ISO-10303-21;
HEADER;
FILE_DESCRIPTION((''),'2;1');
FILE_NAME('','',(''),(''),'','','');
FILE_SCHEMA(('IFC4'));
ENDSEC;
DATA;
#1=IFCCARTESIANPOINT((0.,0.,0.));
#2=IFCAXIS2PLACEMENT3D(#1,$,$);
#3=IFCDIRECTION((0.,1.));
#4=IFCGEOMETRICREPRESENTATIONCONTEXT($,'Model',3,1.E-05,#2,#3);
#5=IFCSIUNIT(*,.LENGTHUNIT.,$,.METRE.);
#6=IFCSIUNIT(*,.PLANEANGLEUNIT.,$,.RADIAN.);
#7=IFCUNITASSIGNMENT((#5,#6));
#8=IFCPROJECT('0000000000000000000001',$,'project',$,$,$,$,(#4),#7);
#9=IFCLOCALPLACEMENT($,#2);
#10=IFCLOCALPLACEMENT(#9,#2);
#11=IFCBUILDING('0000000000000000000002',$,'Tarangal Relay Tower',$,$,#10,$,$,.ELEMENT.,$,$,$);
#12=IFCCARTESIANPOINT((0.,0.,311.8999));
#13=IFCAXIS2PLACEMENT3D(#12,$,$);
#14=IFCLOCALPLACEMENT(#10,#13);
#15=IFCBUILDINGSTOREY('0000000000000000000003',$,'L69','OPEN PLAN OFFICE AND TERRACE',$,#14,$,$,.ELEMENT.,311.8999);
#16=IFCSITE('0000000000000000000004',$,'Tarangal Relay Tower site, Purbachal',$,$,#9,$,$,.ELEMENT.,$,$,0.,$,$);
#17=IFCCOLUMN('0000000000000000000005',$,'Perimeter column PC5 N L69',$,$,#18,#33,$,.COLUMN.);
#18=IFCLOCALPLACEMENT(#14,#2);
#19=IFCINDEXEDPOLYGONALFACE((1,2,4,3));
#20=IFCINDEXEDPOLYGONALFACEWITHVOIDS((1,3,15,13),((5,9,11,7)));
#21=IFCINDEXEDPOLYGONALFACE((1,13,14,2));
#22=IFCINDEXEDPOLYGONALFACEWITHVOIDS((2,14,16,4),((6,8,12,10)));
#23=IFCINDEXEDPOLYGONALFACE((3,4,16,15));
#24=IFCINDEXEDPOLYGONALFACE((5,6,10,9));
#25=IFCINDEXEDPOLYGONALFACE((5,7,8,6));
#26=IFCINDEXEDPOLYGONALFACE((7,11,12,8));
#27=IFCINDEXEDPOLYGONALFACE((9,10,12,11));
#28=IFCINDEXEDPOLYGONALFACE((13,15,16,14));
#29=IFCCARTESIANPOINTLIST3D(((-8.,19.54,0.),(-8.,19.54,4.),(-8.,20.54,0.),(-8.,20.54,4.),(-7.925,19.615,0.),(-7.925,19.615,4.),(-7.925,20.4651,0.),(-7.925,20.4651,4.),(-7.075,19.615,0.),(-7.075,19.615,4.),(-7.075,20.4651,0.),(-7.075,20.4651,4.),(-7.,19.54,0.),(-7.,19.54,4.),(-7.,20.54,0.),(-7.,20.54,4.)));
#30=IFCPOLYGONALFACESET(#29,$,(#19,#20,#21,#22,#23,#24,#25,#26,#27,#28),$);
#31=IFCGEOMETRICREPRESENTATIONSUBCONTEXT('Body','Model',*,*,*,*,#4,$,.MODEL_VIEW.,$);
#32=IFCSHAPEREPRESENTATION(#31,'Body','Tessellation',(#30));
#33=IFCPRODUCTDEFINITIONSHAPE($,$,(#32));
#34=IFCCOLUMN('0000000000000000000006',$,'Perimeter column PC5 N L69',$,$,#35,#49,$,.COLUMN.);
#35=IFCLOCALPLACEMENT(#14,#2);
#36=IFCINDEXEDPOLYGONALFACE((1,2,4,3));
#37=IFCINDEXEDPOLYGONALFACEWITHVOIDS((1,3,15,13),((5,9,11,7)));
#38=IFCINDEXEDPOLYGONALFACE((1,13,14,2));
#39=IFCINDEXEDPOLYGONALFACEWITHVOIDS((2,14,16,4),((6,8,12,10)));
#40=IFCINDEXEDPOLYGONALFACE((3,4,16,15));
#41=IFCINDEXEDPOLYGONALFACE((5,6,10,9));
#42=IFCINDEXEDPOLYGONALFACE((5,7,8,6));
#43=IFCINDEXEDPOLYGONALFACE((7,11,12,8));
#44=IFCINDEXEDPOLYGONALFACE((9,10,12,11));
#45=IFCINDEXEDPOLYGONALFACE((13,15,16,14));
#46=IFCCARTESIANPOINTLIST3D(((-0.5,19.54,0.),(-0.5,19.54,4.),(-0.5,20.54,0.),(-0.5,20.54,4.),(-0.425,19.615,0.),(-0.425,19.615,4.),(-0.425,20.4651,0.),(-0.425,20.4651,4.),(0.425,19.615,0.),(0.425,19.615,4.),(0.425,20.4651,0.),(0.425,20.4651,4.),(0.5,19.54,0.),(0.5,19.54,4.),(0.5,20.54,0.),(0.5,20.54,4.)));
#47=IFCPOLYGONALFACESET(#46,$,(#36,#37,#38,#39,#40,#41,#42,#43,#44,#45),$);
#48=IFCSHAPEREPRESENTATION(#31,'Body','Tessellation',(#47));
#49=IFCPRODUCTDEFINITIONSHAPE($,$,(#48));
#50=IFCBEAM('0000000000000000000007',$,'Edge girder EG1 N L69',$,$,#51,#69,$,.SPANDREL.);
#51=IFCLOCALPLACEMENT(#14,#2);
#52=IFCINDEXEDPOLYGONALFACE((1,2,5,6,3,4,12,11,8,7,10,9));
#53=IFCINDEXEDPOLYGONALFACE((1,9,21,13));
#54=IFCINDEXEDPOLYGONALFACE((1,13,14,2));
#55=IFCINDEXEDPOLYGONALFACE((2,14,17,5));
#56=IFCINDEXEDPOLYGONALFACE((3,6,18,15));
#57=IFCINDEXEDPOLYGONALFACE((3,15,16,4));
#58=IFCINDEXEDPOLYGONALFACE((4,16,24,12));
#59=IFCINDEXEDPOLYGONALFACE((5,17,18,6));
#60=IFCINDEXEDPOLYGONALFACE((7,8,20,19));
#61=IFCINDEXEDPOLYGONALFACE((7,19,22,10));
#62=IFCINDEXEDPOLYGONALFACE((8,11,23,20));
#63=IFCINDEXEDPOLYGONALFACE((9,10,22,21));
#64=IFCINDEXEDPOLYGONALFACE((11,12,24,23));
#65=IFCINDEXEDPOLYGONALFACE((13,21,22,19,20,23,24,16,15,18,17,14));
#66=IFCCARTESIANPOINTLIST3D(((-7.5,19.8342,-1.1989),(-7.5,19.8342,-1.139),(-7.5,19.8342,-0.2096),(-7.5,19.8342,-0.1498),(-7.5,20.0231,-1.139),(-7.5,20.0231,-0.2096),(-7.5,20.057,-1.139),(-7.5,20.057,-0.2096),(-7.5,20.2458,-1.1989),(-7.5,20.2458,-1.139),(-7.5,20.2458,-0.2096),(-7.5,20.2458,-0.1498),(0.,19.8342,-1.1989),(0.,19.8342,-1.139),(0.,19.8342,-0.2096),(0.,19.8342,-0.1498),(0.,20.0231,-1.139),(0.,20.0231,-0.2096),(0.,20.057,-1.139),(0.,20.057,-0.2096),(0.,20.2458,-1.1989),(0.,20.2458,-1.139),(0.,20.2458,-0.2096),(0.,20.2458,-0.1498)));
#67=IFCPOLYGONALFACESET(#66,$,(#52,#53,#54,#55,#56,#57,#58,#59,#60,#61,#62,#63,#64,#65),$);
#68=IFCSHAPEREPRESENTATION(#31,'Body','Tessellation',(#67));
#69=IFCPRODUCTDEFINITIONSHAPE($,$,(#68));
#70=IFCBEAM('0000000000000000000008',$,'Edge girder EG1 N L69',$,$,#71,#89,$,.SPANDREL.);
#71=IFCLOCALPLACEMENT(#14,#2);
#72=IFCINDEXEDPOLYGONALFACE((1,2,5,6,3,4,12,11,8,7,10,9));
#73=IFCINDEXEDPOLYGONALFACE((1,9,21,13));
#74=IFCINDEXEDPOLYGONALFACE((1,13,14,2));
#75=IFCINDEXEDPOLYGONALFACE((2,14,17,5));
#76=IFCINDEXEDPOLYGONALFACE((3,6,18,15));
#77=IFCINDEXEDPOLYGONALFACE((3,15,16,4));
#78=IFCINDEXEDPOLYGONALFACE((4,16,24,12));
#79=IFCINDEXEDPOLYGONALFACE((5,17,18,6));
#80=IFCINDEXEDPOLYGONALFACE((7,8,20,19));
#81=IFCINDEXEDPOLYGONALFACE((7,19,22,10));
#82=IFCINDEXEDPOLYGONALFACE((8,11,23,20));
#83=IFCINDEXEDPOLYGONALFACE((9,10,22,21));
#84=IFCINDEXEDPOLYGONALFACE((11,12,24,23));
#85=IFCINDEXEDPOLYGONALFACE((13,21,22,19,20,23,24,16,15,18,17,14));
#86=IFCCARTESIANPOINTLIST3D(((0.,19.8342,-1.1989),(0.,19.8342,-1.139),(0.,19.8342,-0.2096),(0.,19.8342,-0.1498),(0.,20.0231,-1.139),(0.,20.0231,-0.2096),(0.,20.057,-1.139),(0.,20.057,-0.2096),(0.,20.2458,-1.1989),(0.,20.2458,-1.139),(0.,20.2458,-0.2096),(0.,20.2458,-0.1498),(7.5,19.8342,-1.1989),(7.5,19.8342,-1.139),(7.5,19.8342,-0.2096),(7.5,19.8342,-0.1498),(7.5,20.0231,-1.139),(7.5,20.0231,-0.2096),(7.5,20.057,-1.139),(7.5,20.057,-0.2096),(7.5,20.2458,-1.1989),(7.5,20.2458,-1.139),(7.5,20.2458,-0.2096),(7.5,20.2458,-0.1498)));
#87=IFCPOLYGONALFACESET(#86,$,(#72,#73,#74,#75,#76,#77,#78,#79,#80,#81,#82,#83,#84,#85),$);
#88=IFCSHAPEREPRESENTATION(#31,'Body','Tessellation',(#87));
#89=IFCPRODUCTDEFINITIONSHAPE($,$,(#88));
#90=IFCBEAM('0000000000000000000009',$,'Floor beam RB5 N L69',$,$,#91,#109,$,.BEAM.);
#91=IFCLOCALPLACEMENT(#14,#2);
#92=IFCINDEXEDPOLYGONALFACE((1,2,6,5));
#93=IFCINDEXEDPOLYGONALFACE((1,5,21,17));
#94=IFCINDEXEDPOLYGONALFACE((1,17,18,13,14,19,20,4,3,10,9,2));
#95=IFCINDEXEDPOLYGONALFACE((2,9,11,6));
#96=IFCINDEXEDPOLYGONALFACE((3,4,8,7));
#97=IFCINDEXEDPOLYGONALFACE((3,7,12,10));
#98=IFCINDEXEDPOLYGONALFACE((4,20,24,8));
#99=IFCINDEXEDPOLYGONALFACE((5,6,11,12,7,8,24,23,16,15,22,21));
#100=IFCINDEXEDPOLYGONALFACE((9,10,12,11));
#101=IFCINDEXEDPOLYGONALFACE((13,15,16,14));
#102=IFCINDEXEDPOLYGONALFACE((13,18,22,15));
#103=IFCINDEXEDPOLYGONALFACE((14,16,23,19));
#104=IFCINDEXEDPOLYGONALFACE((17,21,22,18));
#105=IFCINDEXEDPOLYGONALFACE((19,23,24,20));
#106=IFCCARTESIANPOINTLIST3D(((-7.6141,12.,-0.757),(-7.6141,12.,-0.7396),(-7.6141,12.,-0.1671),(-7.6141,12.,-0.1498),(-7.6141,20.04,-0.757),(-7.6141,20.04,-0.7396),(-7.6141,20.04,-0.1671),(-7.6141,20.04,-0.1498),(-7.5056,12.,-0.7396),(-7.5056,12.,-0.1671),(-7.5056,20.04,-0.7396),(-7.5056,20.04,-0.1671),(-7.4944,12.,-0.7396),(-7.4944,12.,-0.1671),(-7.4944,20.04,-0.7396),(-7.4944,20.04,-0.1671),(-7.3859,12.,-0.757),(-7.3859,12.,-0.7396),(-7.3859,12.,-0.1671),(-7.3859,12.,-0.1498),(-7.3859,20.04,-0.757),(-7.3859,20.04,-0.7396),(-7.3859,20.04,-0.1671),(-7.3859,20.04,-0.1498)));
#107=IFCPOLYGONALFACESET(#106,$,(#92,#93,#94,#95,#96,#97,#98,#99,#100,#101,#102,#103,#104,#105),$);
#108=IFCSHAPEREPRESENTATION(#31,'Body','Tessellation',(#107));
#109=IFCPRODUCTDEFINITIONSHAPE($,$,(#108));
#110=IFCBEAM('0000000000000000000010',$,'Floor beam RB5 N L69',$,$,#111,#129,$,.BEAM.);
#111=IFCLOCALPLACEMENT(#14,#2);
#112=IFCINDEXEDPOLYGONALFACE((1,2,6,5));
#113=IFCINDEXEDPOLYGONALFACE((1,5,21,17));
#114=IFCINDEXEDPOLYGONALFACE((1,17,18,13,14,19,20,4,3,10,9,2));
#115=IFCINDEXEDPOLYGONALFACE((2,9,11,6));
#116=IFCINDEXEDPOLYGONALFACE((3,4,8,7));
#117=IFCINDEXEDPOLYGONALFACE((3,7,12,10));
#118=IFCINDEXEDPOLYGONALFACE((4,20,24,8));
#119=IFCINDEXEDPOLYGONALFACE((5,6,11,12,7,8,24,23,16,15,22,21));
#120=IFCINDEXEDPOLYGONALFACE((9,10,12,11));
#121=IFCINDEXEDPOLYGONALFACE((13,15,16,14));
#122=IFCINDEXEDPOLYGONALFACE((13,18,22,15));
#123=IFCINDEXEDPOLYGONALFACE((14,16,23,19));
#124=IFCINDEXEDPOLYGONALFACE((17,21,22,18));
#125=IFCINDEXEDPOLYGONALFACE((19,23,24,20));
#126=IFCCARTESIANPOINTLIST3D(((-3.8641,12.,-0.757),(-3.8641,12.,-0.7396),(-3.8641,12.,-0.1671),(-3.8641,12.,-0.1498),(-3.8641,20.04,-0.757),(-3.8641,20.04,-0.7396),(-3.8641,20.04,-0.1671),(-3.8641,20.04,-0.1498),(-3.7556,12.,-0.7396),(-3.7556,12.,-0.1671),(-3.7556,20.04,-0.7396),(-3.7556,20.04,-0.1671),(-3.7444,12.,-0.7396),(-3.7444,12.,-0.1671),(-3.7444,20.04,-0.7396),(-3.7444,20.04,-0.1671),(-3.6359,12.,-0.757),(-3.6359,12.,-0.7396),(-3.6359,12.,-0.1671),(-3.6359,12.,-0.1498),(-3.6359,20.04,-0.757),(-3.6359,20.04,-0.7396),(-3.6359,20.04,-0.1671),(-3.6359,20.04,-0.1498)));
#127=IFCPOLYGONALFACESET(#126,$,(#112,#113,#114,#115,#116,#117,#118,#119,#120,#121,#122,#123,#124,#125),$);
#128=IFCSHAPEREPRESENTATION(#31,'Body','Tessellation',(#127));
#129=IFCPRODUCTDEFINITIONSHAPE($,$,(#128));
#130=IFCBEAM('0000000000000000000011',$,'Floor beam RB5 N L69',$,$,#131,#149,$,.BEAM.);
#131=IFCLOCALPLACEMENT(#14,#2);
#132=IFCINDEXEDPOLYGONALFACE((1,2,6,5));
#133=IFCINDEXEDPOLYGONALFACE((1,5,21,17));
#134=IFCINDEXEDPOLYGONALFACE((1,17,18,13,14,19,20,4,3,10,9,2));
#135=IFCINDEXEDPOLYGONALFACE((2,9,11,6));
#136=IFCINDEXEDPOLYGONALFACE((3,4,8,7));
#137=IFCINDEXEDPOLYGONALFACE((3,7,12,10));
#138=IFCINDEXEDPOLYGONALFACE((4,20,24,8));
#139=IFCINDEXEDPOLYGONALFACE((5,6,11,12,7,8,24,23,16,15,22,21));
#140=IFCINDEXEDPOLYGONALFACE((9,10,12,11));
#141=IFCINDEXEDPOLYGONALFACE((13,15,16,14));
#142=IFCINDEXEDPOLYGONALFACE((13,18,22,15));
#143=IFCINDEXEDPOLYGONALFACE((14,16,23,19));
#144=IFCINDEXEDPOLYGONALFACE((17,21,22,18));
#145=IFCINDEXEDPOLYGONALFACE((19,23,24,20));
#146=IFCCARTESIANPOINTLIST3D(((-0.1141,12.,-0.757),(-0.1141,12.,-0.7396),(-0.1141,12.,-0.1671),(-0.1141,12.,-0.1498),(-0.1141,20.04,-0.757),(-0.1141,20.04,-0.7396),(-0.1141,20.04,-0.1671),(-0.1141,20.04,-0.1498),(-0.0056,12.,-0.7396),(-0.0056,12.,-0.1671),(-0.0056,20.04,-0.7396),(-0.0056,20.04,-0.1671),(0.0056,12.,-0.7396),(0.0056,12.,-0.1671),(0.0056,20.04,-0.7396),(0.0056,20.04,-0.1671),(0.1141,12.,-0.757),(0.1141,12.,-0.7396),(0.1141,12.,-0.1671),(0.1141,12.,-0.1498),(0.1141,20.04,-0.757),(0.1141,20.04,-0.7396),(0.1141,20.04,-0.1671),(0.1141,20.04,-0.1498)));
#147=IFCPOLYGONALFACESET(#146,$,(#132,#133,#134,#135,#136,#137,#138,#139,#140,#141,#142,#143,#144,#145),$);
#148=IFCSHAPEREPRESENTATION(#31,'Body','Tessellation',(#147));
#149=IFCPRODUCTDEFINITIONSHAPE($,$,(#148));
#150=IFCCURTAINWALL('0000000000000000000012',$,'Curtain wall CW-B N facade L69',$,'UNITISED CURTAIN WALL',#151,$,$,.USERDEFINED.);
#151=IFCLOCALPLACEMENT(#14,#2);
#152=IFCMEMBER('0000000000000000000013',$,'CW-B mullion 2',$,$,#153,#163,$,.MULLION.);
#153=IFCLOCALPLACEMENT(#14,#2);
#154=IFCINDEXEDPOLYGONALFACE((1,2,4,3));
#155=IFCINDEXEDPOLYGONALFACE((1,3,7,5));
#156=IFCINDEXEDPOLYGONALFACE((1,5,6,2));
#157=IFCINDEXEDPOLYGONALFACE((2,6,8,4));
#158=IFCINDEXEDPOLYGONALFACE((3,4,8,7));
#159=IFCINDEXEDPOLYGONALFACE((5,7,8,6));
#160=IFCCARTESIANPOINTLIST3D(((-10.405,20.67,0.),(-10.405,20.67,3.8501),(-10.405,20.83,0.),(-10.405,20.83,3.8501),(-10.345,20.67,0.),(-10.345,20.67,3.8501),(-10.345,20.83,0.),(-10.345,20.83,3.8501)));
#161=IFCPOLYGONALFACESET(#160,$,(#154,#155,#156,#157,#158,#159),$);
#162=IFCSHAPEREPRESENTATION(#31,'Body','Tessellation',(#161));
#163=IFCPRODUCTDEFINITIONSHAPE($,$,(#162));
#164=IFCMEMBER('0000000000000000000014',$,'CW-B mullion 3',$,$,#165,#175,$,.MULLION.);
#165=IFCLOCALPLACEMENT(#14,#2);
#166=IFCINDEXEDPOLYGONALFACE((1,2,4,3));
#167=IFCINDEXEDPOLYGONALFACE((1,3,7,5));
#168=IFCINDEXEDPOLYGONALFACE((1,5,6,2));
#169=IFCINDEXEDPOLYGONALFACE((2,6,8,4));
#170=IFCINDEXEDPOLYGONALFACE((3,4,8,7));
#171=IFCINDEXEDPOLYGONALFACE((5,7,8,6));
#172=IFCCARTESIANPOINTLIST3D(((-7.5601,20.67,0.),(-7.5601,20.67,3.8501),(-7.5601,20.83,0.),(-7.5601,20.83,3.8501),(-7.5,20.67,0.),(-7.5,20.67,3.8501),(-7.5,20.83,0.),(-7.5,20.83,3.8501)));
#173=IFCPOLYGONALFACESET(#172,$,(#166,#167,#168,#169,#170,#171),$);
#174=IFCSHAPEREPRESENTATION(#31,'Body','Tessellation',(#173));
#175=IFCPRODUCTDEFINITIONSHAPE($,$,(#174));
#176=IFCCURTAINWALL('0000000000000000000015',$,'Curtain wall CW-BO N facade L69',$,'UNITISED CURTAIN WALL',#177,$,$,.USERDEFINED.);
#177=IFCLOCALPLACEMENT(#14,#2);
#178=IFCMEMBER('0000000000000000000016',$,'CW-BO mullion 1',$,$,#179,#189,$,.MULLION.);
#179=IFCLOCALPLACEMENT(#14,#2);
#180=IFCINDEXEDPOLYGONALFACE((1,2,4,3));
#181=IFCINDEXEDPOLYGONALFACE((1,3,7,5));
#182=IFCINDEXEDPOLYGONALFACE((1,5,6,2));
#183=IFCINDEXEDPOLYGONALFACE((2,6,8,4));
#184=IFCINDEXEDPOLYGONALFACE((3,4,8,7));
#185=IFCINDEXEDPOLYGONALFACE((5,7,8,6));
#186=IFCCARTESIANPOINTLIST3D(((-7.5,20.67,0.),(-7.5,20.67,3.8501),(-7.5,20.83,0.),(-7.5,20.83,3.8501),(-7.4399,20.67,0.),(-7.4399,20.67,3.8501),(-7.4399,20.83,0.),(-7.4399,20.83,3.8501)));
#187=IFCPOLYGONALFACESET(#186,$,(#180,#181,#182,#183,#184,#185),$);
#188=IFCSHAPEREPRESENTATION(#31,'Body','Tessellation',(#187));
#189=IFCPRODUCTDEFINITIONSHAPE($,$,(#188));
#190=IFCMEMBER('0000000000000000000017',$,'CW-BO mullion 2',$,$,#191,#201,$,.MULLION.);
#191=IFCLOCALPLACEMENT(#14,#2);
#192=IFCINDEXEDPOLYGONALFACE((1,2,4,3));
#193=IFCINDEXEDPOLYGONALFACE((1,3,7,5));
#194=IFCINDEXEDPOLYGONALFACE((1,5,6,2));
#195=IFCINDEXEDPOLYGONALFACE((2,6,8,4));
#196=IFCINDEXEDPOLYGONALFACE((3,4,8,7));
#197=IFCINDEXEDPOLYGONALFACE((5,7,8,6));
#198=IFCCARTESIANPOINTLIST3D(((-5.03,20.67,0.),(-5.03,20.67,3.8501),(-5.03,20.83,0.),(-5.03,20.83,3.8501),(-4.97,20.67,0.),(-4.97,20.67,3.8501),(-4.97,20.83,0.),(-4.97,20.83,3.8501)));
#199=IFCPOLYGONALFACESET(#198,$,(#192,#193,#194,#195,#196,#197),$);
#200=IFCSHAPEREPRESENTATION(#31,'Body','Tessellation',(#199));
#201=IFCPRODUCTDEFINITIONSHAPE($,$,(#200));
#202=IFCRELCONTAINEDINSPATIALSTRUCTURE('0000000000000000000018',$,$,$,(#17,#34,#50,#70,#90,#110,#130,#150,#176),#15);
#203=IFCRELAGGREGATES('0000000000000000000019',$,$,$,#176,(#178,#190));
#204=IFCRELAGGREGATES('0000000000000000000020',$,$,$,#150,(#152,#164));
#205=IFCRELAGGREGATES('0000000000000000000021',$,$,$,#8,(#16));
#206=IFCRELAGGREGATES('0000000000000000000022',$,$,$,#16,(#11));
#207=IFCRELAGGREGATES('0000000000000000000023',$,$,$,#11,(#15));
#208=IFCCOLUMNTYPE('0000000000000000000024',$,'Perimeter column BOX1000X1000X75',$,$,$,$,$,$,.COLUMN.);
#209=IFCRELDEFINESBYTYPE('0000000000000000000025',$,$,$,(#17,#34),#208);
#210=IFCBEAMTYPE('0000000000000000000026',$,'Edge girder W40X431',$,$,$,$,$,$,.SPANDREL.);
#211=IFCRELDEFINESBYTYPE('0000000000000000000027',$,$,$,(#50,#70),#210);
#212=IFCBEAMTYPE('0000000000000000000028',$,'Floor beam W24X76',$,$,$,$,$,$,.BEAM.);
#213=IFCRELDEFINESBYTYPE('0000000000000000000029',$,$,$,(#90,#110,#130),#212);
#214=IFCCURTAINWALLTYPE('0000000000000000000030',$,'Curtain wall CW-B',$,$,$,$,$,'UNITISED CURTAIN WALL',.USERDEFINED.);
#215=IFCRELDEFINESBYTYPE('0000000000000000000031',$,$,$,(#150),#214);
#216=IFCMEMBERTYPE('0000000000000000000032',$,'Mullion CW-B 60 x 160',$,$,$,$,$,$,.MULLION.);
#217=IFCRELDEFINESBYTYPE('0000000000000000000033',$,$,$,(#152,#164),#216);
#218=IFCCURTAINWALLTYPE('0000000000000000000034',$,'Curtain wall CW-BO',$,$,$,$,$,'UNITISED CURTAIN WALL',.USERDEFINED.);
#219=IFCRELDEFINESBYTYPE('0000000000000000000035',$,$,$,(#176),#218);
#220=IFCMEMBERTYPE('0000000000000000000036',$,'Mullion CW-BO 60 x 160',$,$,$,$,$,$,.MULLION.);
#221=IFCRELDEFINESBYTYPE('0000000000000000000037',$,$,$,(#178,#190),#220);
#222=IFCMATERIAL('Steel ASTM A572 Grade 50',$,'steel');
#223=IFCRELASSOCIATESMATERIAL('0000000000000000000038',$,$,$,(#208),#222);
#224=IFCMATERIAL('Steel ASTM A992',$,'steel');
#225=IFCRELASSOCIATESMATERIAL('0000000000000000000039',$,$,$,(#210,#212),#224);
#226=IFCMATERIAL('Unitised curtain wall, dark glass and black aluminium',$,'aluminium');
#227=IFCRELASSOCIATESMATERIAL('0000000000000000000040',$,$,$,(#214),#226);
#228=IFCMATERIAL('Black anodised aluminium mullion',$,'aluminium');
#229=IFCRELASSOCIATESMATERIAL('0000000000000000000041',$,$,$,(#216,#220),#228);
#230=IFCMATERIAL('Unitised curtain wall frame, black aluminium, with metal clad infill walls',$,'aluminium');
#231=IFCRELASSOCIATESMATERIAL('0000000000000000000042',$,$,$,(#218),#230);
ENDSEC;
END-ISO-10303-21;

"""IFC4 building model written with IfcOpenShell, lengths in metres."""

from ifc_helpers import new_model, si_unit, direction, frame, origin, origin_2d, place, context, subcontext, project, spatial, rectangle, hollow_rectangle, i_section, extrude, material, material_profile, profile_set, type_object, element, aggregate, save


model = new_model("IFC4")

# Units and contexts
model_context = context("Model", 3, precision=1e-05, world=origin(), true_north=direction((0.0, 1.0)))
body_context = subcontext(model_context, "Body", "Model", "MODEL_VIEW")
ifc_project = project(units=[si_unit("LENGTHUNIT", "METRE"), si_unit("PLANEANGLEUNIT", "RADIAN")], contexts=[model_context])

# Site, building, storey
site_placement = place(None, origin())
site = spatial("IfcSite", under=ifc_project, at=site_placement, Name="Tarangal Relay Tower site, Purbachal", CompositionType="ELEMENT", RefElevation=0.0)
building_placement = place(site_placement, origin())
building = spatial("IfcBuilding", under=site, at=building_placement, Name="Tarangal Relay Tower", CompositionType="ELEMENT")
storey_placement = place(building_placement, frame((0.0, 0.0, 311.8999)))
storey = spatial("IfcBuildingStorey", under=building, at=storey_placement, Name="L69", Description="OPEN PLAN OFFICE AND TERRACE", CompositionType="ELEMENT", Elevation=311.8999)

# Columns
ifc_material_1 = material(Name="Steel ASTM A572 Grade 50", Category="steel")
ifc_material_profile_1 = material_profile(ifc_material_1, hollow_rectangle(XDim=1.0, YDim=1.0, WallThickness=0.075, at=origin_2d()), Name="BOX1000X1000X75")
ifc_profile_set_1 = profile_set([ifc_material_profile_1], Name="Steel ASTM A572 Grade 50")
column_type = type_object("IfcColumnType", Name="Perimeter column BOX1000X1000X75", PredefinedType="COLUMN", material=ifc_profile_set_1)
for number, where, z_axis, x_axis, name in (
    (1, (-7.5, 20.04, 0.0), (0.0, 0.0, 1.0), (1.0, 0.0, 0.0), "Perimeter column PC5 N L69"),
    (2, (0.0, 20.04, 0.0), (0.0, 0.0, 1.0), (1.0, 0.0, 0.0), "Perimeter column PC5 N L69"),
):
    element("IfcColumn", number, at=place(storey_placement, frame(where, z_axis=z_axis, x_axis=x_axis)), inside=storey, type_object=column_type, Name=name, PredefinedType="COLUMN", context=body_context, shape_type="SweptSolid", body=[
        extrude(hollow_rectangle(XDim=1.0, YDim=1.0, WallThickness=0.075, at=origin_2d()), origin(), (0.0, 0.0, 1.0), 4.0),
    ])

# Beams
ifc_material_2 = material(Name="Steel ASTM A992", Category="steel")
ifc_material_profile_2 = material_profile(ifc_material_2, i_section(OverallWidth=0.4116, OverallDepth=1.0491, WebThickness=0.0339, FlangeThickness=0.0598, at=origin_2d()), Name="W40X431")
ifc_profile_set_2 = profile_set([ifc_material_profile_2], Name="Steel ASTM A992")
beam_type_1 = type_object("IfcBeamType", Name="Edge girder W40X431", PredefinedType="SPANDREL", material=ifc_profile_set_2)
for number, where, z_axis, x_axis, name in (
    (3, (-7.5, 20.04, -0.6743), (1.0, 0.0, 0.0), (0.0, 1.0, 0.0), "Edge girder EG1 N L69"),
    (4, (0.0, 20.04, -0.6743), (1.0, 0.0, 0.0), (0.0, 1.0, 0.0), "Edge girder EG1 N L69"),
):
    element("IfcBeam", number, at=place(storey_placement, frame(where, z_axis=z_axis, x_axis=x_axis)), inside=storey, type_object=beam_type_1, Name=name, PredefinedType="SPANDREL", context=body_context, shape_type="SweptSolid", body=[
        extrude(i_section(OverallWidth=0.4116, OverallDepth=1.0491, WebThickness=0.0339, FlangeThickness=0.0598, at=origin_2d()), origin(), (0.0, 0.0, 1.0), 7.5),
    ])
ifc_material_profile_3 = material_profile(ifc_material_2, i_section(OverallWidth=0.2283, OverallDepth=0.6072, WebThickness=0.0112, FlangeThickness=0.0173, at=origin_2d()), Name="W24X76")
ifc_profile_set_3 = profile_set([ifc_material_profile_3], Name="Steel ASTM A992")
beam_type_2 = type_object("IfcBeamType", Name="Floor beam W24X76", PredefinedType="BEAM", material=ifc_profile_set_3)
for number, where, z_axis, x_axis, name in (
    (5, (-7.5, 12.0, -0.4534), (0.0, 1.0, 0.0), (-1.0, 0.0, 0.0), "Floor beam RB5 N L69"),
    (6, (-3.75, 12.0, -0.4534), (0.0, 1.0, 0.0), (-1.0, 0.0, 0.0), "Floor beam RB5 N L69"),
    (7, (0.0, 12.0, -0.4534), (0.0, 1.0, 0.0), (-1.0, 0.0, 0.0), "Floor beam RB5 N L69"),
):
    element("IfcBeam", number, at=place(storey_placement, frame(where, z_axis=z_axis, x_axis=x_axis)), inside=storey, type_object=beam_type_2, Name=name, PredefinedType="BEAM", context=body_context, shape_type="SweptSolid", body=[
        extrude(i_section(OverallWidth=0.2283, OverallDepth=0.6072, WebThickness=0.0112, FlangeThickness=0.0173, at=origin_2d()), origin(), (0.0, 0.0, 1.0), 8.04),
    ])

# Curtain walls, members
ifc_material_3 = material(Name="Unitised curtain wall, dark glass and black aluminium", Category="aluminium")
curtain_wall_type_1 = type_object("IfcCurtainWallType", Name="Curtain wall CW-B", ElementType="UNITISED CURTAIN WALL", PredefinedType="USERDEFINED", material=ifc_material_3)
curtain_wall_1_placement = place(storey_placement, origin())
curtain_wall_1 = element("IfcCurtainWall", 8, at=curtain_wall_1_placement, inside=storey, type_object=curtain_wall_type_1, Name="Curtain wall CW-B N facade L69", ObjectType="UNITISED CURTAIN WALL", PredefinedType="USERDEFINED")
ifc_material_4 = material(Name="Black anodised aluminium mullion", Category="aluminium")
ifc_material_profile_4 = material_profile(ifc_material_4, rectangle(XDim=0.1599, YDim=0.0601, at=origin_2d()), Name="CW-BM 60X160")
ifc_profile_set_4 = profile_set([ifc_material_profile_4], Name="Black anodised aluminium mullion")
member_type_1 = type_object("IfcMemberType", Name="Mullion CW-B 60 x 160", PredefinedType="MULLION", material=ifc_profile_set_4)
member_1_placement = place(storey_placement, frame((-10.375, 20.75, 0.0), z_axis=(0.0, 0.0, 1.0), x_axis=(0.0, 1.0, 0.0)))
member_1 = element("IfcMember", 9, at=member_1_placement, type_object=member_type_1, Name="CW-B mullion 2", PredefinedType="MULLION", context=body_context, shape_type="SweptSolid", body=[
    extrude(rectangle(XDim=0.1599, YDim=0.0601, at=origin_2d()), origin(), (0.0, 0.0, 1.0), 3.8501),
])
member_2_placement = place(storey_placement, frame((-7.53, 20.75, 0.0), z_axis=(0.0, 0.0, 1.0), x_axis=(0.0, 1.0, 0.0)))
member_2 = element("IfcMember", 10, at=member_2_placement, type_object=member_type_1, Name="CW-B mullion 3", PredefinedType="MULLION", context=body_context, shape_type="SweptSolid", body=[
    extrude(rectangle(XDim=0.1599, YDim=0.0601, at=origin_2d()), origin(), (0.0, 0.0, 1.0), 3.8501),
])
ifc_material_5 = material(Name="Unitised curtain wall frame, black aluminium, with metal clad infill walls", Category="aluminium")
curtain_wall_type_2 = type_object("IfcCurtainWallType", Name="Curtain wall CW-BO", ElementType="UNITISED CURTAIN WALL", PredefinedType="USERDEFINED", material=ifc_material_5)
curtain_wall_2_placement = place(storey_placement, origin())
curtain_wall_2 = element("IfcCurtainWall", 11, at=curtain_wall_2_placement, inside=storey, type_object=curtain_wall_type_2, Name="Curtain wall CW-BO N facade L69", ObjectType="UNITISED CURTAIN WALL", PredefinedType="USERDEFINED")
ifc_material_profile_5 = material_profile(ifc_material_4, rectangle(XDim=0.1599, YDim=0.0601, at=origin_2d()), Name="CW-BOM 60X160")
ifc_profile_set_5 = profile_set([ifc_material_profile_5], Name="Black anodised aluminium mullion")
member_type_2 = type_object("IfcMemberType", Name="Mullion CW-BO 60 x 160", PredefinedType="MULLION", material=ifc_profile_set_5)
member_3_placement = place(storey_placement, frame((-7.47, 20.75, 0.0), z_axis=(0.0, 0.0, 1.0), x_axis=(0.0, 1.0, 0.0)))
member_3 = element("IfcMember", 12, at=member_3_placement, type_object=member_type_2, Name="CW-BO mullion 1", PredefinedType="MULLION", context=body_context, shape_type="SweptSolid", body=[
    extrude(rectangle(XDim=0.1599, YDim=0.0601, at=origin_2d()), origin(), (0.0, 0.0, 1.0), 3.8501),
])
member_4_placement = place(storey_placement, frame((-5.0, 20.75, 0.0), z_axis=(0.0, 0.0, 1.0), x_axis=(0.0, 1.0, 0.0)))
member_4 = element("IfcMember", 13, at=member_4_placement, type_object=member_type_2, Name="CW-BO mullion 2", PredefinedType="MULLION", context=body_context, shape_type="SweptSolid", body=[
    extrude(rectangle(XDim=0.1599, YDim=0.0601, at=origin_2d()), origin(), (0.0, 0.0, 1.0), 3.8501),
])

aggregate(curtain_wall_2, [member_3, member_4])

aggregate(curtain_wall_1, [member_1, member_2])

save(model, "model.ifc")
